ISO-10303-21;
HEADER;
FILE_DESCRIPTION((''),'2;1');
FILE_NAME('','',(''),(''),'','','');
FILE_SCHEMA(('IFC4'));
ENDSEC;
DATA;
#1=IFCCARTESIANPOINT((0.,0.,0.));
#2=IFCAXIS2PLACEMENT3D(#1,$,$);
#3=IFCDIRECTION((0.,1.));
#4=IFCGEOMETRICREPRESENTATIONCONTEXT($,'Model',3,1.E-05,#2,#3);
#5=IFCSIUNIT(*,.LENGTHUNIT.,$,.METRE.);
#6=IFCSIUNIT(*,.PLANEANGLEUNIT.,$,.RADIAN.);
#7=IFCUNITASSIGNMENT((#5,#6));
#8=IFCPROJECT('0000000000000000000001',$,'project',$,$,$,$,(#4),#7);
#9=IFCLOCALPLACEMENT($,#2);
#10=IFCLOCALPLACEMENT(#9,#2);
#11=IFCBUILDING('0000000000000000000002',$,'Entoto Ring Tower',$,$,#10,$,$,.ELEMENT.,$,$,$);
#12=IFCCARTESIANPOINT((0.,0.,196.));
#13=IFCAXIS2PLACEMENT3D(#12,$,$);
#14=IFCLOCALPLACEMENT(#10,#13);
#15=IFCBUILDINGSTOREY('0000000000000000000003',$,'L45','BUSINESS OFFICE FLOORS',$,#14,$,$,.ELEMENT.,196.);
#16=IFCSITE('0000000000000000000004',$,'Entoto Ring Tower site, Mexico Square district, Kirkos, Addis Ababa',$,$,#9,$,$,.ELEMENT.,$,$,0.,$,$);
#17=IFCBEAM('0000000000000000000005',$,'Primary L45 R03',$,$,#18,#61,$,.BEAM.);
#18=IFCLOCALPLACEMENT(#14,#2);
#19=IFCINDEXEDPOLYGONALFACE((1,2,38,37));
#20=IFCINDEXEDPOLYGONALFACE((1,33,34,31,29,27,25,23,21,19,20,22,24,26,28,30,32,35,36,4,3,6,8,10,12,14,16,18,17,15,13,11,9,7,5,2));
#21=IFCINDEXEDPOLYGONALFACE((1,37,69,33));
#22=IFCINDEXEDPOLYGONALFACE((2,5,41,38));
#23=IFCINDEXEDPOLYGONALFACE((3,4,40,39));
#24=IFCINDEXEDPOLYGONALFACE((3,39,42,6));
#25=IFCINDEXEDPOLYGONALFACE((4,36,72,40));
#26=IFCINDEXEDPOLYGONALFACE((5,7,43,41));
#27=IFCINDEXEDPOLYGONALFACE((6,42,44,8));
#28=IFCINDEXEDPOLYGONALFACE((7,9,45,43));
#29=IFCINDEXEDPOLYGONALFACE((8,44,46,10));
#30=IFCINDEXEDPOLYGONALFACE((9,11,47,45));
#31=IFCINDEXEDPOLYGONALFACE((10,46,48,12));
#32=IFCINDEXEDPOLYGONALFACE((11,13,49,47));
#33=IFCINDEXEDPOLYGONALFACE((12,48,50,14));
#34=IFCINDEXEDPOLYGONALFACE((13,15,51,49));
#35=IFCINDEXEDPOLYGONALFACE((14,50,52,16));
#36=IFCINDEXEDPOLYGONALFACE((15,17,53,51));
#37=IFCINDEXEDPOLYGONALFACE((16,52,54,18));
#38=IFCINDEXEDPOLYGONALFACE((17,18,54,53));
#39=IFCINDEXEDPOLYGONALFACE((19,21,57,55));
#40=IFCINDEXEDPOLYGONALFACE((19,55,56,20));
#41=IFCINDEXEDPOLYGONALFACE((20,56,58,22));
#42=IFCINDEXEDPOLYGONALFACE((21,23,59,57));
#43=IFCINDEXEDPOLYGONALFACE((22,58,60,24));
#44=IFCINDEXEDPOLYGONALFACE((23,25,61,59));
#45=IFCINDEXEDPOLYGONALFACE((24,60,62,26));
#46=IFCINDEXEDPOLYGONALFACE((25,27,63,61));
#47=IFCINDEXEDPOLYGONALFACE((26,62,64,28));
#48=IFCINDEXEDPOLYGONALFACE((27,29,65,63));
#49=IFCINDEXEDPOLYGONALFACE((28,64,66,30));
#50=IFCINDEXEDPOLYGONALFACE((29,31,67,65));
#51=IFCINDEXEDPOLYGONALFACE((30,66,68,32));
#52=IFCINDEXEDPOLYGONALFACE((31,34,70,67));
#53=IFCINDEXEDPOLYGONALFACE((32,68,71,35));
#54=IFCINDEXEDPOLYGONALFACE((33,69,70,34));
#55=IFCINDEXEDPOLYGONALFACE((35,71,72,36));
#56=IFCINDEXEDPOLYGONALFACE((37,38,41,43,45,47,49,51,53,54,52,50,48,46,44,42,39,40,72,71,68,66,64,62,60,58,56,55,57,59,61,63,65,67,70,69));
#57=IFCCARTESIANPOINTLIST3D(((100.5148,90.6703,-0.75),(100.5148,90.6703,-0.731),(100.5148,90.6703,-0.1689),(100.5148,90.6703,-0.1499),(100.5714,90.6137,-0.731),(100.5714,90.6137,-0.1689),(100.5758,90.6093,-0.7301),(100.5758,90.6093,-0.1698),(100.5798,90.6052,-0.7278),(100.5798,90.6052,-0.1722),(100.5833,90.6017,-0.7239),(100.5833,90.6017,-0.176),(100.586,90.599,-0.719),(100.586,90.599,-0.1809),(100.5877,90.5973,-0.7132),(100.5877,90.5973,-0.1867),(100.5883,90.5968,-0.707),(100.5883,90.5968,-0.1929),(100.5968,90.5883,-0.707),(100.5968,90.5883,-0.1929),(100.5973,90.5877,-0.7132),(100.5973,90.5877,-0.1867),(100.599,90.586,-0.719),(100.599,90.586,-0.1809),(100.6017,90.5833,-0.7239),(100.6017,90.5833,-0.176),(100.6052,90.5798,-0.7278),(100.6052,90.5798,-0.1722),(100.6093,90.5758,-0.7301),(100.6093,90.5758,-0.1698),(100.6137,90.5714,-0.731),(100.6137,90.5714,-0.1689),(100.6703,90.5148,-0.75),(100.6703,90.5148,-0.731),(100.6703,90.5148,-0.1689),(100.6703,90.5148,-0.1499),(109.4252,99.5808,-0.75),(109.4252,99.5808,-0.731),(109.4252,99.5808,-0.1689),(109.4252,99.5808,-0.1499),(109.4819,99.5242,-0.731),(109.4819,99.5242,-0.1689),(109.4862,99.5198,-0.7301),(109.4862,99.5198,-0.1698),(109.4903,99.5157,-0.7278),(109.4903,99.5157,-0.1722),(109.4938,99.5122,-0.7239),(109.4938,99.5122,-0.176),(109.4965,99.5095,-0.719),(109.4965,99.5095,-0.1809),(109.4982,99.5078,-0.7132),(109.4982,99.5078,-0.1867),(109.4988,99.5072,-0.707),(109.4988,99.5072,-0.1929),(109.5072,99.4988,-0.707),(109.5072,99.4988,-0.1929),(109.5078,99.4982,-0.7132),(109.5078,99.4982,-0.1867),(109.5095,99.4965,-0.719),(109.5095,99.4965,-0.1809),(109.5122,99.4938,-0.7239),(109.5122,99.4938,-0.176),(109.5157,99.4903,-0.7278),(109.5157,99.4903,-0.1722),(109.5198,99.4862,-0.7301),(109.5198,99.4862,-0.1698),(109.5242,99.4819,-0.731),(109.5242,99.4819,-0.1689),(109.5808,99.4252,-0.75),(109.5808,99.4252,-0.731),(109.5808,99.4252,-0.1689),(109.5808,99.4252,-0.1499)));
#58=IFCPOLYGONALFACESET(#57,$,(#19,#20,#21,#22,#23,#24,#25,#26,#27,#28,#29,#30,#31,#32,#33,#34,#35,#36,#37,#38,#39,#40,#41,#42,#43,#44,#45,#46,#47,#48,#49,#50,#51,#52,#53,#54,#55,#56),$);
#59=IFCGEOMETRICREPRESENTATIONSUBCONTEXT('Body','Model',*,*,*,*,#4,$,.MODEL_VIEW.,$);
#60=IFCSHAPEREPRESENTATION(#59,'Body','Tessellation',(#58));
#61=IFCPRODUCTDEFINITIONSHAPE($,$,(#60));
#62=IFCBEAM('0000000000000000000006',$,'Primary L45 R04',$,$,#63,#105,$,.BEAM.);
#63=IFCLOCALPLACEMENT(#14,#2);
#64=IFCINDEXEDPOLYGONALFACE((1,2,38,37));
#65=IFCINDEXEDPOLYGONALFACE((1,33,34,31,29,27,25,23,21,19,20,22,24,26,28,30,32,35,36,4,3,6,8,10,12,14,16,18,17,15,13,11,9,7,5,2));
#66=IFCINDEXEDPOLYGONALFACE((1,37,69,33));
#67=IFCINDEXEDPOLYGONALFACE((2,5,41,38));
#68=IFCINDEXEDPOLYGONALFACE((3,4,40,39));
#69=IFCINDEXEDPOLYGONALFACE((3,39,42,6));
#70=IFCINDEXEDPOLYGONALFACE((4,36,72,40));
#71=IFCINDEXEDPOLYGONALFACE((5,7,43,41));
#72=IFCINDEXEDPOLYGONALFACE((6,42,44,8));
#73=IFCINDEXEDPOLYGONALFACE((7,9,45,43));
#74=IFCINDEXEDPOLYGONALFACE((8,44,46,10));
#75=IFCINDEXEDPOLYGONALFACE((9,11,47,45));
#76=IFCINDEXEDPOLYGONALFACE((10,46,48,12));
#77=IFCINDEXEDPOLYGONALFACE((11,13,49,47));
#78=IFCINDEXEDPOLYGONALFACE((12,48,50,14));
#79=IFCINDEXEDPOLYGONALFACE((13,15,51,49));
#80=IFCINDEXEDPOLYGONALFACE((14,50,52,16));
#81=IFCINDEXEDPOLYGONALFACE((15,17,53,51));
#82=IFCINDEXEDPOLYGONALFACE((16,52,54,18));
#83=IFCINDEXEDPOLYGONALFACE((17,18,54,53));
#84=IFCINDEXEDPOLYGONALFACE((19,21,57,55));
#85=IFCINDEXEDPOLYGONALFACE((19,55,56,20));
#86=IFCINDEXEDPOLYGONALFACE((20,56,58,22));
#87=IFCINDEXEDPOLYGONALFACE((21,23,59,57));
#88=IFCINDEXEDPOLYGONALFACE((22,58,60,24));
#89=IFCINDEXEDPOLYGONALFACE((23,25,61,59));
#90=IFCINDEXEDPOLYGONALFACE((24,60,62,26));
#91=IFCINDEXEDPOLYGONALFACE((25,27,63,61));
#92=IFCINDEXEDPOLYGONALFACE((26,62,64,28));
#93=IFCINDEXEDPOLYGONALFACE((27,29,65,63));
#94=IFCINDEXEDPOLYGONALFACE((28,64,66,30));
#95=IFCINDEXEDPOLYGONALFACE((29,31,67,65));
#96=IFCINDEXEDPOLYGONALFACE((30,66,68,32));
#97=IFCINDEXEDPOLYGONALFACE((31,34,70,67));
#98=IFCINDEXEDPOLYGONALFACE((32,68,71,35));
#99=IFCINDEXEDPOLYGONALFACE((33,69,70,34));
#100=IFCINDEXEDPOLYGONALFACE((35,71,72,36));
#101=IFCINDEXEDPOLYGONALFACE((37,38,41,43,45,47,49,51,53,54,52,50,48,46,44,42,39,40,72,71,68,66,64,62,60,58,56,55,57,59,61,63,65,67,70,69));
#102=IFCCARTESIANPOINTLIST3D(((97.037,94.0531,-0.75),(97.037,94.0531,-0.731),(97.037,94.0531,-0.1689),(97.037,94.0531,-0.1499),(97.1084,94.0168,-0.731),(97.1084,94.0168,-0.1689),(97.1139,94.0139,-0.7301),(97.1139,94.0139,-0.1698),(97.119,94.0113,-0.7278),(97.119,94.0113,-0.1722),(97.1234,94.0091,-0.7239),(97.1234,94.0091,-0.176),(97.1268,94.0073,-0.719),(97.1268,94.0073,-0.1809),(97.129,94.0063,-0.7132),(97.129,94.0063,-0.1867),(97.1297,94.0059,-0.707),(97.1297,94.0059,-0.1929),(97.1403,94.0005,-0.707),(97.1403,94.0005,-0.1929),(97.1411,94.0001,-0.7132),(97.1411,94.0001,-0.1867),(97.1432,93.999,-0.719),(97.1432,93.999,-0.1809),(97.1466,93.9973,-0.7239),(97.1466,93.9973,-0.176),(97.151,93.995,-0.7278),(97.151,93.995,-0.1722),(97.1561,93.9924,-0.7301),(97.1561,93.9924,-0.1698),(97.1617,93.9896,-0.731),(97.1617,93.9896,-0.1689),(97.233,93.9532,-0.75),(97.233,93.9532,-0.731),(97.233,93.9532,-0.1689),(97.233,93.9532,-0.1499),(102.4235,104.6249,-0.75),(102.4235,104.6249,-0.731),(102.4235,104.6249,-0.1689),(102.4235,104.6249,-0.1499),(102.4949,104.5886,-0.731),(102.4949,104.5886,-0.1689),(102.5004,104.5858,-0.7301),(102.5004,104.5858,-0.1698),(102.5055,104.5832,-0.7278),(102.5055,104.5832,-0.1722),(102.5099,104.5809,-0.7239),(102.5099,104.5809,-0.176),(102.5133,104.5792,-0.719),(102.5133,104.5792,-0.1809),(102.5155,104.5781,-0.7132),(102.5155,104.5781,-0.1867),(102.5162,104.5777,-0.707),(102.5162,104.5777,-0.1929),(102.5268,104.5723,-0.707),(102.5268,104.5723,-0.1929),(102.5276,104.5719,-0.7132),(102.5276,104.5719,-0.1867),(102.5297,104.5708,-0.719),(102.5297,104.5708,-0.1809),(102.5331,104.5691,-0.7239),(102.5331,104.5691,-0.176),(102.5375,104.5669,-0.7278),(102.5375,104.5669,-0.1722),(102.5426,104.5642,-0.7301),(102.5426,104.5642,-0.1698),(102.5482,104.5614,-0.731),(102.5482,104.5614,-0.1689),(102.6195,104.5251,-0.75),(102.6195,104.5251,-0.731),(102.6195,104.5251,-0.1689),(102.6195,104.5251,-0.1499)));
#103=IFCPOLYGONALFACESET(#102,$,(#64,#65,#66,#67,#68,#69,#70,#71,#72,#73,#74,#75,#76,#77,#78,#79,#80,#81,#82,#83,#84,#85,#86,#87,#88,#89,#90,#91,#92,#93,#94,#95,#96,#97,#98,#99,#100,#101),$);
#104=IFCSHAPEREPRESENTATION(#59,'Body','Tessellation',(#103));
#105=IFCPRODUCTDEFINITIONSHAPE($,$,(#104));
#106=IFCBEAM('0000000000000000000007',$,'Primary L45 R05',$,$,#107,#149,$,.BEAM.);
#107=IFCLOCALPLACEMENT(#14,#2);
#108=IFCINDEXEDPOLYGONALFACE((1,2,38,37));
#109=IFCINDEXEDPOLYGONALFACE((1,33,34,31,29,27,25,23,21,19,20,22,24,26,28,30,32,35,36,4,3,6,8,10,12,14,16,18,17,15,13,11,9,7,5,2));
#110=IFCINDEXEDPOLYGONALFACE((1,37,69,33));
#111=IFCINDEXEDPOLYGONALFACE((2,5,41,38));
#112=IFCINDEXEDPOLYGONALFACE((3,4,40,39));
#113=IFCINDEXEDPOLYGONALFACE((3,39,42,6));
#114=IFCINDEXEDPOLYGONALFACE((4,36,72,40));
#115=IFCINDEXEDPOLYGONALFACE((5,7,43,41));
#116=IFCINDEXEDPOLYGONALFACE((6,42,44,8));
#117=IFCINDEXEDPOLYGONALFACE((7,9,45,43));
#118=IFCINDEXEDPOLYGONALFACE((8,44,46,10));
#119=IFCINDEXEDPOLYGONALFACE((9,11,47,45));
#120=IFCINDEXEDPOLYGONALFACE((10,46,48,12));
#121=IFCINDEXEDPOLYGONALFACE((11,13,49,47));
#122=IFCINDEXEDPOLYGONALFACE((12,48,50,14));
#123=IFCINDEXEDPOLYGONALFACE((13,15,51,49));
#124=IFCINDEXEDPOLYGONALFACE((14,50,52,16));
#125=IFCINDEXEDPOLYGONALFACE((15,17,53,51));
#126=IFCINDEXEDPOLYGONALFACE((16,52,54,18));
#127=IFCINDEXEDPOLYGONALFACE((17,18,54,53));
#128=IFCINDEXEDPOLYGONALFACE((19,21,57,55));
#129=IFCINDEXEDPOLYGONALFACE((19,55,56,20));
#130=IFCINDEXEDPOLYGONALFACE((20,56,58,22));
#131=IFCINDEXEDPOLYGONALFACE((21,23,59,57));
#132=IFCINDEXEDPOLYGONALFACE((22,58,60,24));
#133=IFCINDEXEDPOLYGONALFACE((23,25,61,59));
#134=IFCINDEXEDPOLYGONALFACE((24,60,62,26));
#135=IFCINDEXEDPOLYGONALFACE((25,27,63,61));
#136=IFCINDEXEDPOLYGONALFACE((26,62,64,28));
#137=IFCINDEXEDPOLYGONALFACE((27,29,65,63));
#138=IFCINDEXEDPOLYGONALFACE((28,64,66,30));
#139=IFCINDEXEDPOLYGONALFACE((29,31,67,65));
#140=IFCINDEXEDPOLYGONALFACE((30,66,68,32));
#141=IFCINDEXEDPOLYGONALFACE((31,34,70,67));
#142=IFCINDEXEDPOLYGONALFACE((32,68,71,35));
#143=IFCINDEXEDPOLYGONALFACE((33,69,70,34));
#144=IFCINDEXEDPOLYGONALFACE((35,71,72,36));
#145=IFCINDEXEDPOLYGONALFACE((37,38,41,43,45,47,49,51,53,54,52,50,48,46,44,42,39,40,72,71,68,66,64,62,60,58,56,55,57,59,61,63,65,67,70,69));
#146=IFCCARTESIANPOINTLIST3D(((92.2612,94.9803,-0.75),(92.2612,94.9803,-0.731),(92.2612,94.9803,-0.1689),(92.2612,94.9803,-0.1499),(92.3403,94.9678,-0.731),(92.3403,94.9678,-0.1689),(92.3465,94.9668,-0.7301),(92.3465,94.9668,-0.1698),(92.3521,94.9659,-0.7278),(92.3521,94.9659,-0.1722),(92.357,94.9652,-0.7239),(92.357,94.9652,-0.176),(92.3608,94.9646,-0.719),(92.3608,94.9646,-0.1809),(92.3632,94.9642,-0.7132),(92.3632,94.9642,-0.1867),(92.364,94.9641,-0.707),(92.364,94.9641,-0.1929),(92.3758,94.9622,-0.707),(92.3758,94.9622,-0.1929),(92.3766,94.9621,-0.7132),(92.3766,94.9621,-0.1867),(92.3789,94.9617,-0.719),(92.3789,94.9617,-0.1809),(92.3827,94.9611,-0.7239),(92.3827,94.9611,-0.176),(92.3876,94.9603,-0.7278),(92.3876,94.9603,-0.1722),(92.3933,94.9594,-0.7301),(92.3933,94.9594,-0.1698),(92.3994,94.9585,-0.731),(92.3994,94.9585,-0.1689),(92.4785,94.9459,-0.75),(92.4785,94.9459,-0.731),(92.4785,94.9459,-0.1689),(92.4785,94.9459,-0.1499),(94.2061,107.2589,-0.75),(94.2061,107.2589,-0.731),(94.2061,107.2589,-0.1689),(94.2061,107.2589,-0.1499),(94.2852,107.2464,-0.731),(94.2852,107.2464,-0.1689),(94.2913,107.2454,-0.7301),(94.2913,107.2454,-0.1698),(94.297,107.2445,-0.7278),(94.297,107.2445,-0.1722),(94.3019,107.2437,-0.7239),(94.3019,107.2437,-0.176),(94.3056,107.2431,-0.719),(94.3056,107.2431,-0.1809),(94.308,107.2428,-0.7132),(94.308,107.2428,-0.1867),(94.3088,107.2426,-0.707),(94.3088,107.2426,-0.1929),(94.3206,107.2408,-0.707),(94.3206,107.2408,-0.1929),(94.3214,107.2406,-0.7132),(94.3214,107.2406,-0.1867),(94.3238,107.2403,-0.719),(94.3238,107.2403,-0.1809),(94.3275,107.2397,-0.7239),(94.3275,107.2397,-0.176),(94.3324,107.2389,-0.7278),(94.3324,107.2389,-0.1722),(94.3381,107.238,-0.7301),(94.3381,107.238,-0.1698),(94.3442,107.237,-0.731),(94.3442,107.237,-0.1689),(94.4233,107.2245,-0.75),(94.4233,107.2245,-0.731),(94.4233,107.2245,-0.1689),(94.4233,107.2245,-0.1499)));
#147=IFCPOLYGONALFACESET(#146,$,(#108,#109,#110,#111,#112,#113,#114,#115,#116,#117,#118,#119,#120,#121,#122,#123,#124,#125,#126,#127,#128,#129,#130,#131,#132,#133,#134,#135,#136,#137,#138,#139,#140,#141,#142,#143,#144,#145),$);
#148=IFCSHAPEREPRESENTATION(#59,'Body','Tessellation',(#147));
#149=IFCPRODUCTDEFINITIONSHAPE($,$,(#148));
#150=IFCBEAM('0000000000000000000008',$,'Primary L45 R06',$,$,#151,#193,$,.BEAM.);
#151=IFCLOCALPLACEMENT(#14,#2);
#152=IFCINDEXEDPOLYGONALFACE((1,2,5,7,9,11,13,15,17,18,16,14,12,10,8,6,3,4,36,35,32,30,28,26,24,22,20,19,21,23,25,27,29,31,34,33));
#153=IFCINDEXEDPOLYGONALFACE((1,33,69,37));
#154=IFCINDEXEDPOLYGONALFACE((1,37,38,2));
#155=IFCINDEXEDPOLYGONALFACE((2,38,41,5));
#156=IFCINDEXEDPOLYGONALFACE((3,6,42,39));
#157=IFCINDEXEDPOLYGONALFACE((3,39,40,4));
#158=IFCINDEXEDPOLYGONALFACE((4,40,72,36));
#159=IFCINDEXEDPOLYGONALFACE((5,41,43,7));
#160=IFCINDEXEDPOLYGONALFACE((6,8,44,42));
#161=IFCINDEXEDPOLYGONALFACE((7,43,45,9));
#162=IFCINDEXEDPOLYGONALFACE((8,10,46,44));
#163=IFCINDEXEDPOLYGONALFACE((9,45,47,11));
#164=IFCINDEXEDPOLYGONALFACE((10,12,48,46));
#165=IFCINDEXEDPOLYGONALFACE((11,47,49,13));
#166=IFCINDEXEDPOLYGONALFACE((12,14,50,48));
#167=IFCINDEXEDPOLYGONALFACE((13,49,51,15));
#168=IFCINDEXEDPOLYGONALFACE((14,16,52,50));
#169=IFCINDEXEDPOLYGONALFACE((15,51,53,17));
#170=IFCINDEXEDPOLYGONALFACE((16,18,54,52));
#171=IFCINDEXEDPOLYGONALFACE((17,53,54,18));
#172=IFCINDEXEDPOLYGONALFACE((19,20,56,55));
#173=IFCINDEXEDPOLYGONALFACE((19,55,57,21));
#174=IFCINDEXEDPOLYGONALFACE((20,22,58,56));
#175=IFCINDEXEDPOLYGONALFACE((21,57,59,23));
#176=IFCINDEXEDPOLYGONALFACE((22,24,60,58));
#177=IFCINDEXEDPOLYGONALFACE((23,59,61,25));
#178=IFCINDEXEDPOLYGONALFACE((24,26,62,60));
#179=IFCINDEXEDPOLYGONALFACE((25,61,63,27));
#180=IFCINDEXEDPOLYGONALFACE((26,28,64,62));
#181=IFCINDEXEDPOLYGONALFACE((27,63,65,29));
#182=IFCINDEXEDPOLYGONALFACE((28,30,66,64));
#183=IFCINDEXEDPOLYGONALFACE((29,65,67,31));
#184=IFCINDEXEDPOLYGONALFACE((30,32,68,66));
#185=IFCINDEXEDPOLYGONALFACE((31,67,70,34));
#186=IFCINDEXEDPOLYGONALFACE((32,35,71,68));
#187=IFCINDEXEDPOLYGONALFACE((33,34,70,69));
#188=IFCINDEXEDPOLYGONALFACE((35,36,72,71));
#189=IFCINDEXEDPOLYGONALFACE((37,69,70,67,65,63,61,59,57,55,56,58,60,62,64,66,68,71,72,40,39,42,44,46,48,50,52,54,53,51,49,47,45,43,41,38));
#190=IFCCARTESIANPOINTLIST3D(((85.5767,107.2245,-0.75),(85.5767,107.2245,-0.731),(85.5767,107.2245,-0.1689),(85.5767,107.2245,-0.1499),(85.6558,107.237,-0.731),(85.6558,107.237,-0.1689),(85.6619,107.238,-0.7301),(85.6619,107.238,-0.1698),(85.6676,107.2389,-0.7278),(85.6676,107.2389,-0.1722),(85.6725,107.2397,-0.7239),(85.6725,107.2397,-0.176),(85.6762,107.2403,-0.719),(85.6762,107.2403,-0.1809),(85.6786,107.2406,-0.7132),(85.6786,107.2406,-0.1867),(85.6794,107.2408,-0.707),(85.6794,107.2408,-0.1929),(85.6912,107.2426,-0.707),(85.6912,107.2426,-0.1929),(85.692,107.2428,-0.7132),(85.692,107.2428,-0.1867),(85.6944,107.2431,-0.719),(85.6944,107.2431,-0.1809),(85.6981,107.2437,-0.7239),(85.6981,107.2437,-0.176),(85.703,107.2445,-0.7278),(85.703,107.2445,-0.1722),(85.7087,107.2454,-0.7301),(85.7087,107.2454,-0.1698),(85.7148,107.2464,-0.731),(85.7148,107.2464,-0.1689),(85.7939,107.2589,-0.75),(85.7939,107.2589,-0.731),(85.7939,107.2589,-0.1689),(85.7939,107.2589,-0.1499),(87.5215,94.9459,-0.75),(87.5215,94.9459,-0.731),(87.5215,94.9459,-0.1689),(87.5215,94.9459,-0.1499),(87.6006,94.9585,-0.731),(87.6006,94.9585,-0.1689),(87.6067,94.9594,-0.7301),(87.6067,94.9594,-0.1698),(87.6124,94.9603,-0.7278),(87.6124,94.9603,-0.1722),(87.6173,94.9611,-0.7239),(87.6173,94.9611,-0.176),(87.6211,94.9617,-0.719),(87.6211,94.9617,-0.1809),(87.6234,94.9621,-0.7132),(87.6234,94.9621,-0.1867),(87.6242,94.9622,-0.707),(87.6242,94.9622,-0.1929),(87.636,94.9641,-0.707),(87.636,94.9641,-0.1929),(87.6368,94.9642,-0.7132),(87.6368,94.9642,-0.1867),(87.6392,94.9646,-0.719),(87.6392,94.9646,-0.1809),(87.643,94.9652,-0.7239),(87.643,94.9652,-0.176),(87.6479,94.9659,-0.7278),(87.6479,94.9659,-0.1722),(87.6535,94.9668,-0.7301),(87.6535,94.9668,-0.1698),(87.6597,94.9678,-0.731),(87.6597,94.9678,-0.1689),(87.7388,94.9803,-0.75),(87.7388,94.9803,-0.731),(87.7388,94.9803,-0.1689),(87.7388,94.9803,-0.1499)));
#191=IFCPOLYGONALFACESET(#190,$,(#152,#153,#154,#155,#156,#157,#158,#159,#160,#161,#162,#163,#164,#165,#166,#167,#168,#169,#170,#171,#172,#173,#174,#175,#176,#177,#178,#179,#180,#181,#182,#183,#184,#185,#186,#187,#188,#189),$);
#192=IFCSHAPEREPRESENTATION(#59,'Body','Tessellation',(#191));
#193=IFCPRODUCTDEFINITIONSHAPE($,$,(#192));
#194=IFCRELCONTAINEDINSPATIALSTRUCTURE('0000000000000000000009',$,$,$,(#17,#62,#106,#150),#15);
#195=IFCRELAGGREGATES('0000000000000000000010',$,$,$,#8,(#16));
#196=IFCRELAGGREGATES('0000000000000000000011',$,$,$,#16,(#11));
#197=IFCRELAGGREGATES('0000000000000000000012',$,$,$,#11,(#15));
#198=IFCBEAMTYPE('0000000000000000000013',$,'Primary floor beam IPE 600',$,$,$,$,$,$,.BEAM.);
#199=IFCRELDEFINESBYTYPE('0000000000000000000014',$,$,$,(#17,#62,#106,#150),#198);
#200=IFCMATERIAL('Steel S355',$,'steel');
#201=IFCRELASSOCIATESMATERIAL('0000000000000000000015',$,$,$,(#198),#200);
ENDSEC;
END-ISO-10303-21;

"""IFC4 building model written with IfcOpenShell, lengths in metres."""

from ifc_helpers import new_model, si_unit, direction, frame, origin, origin_2d, place, context, subcontext, project, spatial, i_section, extrude, material, material_profile, profile_set, type_object, element, save


model = new_model("IFC4")

# Units and contexts
model_context = context("Model", 3, precision=1e-05, world=origin(), true_north=direction((0.0, 1.0)))
body_context = subcontext(model_context, "Body", "Model", "MODEL_VIEW")
ifc_project = project(units=[si_unit("LENGTHUNIT", "METRE"), si_unit("PLANEANGLEUNIT", "RADIAN")], contexts=[model_context])

# Site, building, storey
site_placement = place(None, origin())
site = spatial("IfcSite", under=ifc_project, at=site_placement, Name="Entoto Ring Tower site, Mexico Square district, Kirkos, Addis Ababa", CompositionType="ELEMENT", RefElevation=0.0)
building_placement = place(site_placement, origin())
building = spatial("IfcBuilding", under=site, at=building_placement, Name="Entoto Ring Tower", CompositionType="ELEMENT")
storey_placement = place(building_placement, frame((0.0, 0.0, 196.0)))
storey = spatial("IfcBuildingStorey", under=building, at=storey_placement, Name="L45", Description="BUSINESS OFFICE FLOORS", CompositionType="ELEMENT", Elevation=196.0)

# Beams
ifc_material_1 = material(Name="Steel S355", Category="steel")
ifc_material_profile_1 = material_profile(ifc_material_1, i_section(OverallWidth=0.22, OverallDepth=0.6001, WebThickness=0.012, FlangeThickness=0.019, FilletRadius=0.0239, at=origin_2d()), Name="IPE 600")
ifc_profile_set_1 = profile_set([ifc_material_profile_1], Name="Steel S355")
beam_type_1 = type_object("IfcBeamType", Name="Primary floor beam IPE 600", PredefinedType="BEAM", material=ifc_profile_set_1)
beam_1_placement = place(storey_placement, frame((100.5925, 90.5925, -0.45), z_axis=(0.707107, 0.707107, 0.0), x_axis=(-0.707107, 0.707107, 0.0)))
element("IfcBeam", 1, at=beam_1_placement, inside=storey, type_object=beam_type_1, Name="Primary L45 R03", PredefinedType="BEAM", context=body_context, shape_type="SweptSolid", body=[
    extrude(i_section(OverallWidth=0.22, OverallDepth=0.6001, WebThickness=0.012, FlangeThickness=0.019, FilletRadius=0.0239, at=origin_2d()), origin(), (0.0, 0.0, 1.0), 12.6013),
])
beam_2_placement = place(storey_placement, frame((97.135, 94.0032, -0.45), z_axis=(0.453983, 0.89101, 0.0), x_axis=(-0.89101, 0.453983, 0.0)))
element("IfcBeam", 2, at=beam_2_placement, inside=storey, type_object=beam_type_1, Name="Primary L45 R04", PredefinedType="BEAM", context=body_context, shape_type="SweptSolid", body=[
    extrude(i_section(OverallWidth=0.22, OverallDepth=0.6001, WebThickness=0.012, FlangeThickness=0.019, FilletRadius=0.0239, at=origin_2d()), origin(), (0.0, 0.0, 1.0), 11.865),
])
for number, where, z_axis, x_axis, name in (
    (3, (92.3699, 94.9631, -0.45), (0.156442, 0.987687, 0.0), (-0.987687, 0.156442, 0.0), "Primary L45 R05"),
    (4, (87.6301, 94.9631, -0.45), (-0.156442, 0.987687, 0.0), (-0.987687, -0.156442, 0.0), "Primary L45 R06"),
):
    element("IfcBeam", number, at=place(storey_placement, frame(where, z_axis=z_axis, x_axis=x_axis)), inside=storey, type_object=beam_type_1, Name=name, PredefinedType="BEAM", context=body_context, shape_type="SweptSolid", body=[
        extrude(i_section(OverallWidth=0.22, OverallDepth=0.6001, WebThickness=0.012, FlangeThickness=0.019, FilletRadius=0.0239, at=origin_2d()), origin(), (0.0, 0.0, 1.0), 12.4316),
    ])

save(model, "model.ifc")
